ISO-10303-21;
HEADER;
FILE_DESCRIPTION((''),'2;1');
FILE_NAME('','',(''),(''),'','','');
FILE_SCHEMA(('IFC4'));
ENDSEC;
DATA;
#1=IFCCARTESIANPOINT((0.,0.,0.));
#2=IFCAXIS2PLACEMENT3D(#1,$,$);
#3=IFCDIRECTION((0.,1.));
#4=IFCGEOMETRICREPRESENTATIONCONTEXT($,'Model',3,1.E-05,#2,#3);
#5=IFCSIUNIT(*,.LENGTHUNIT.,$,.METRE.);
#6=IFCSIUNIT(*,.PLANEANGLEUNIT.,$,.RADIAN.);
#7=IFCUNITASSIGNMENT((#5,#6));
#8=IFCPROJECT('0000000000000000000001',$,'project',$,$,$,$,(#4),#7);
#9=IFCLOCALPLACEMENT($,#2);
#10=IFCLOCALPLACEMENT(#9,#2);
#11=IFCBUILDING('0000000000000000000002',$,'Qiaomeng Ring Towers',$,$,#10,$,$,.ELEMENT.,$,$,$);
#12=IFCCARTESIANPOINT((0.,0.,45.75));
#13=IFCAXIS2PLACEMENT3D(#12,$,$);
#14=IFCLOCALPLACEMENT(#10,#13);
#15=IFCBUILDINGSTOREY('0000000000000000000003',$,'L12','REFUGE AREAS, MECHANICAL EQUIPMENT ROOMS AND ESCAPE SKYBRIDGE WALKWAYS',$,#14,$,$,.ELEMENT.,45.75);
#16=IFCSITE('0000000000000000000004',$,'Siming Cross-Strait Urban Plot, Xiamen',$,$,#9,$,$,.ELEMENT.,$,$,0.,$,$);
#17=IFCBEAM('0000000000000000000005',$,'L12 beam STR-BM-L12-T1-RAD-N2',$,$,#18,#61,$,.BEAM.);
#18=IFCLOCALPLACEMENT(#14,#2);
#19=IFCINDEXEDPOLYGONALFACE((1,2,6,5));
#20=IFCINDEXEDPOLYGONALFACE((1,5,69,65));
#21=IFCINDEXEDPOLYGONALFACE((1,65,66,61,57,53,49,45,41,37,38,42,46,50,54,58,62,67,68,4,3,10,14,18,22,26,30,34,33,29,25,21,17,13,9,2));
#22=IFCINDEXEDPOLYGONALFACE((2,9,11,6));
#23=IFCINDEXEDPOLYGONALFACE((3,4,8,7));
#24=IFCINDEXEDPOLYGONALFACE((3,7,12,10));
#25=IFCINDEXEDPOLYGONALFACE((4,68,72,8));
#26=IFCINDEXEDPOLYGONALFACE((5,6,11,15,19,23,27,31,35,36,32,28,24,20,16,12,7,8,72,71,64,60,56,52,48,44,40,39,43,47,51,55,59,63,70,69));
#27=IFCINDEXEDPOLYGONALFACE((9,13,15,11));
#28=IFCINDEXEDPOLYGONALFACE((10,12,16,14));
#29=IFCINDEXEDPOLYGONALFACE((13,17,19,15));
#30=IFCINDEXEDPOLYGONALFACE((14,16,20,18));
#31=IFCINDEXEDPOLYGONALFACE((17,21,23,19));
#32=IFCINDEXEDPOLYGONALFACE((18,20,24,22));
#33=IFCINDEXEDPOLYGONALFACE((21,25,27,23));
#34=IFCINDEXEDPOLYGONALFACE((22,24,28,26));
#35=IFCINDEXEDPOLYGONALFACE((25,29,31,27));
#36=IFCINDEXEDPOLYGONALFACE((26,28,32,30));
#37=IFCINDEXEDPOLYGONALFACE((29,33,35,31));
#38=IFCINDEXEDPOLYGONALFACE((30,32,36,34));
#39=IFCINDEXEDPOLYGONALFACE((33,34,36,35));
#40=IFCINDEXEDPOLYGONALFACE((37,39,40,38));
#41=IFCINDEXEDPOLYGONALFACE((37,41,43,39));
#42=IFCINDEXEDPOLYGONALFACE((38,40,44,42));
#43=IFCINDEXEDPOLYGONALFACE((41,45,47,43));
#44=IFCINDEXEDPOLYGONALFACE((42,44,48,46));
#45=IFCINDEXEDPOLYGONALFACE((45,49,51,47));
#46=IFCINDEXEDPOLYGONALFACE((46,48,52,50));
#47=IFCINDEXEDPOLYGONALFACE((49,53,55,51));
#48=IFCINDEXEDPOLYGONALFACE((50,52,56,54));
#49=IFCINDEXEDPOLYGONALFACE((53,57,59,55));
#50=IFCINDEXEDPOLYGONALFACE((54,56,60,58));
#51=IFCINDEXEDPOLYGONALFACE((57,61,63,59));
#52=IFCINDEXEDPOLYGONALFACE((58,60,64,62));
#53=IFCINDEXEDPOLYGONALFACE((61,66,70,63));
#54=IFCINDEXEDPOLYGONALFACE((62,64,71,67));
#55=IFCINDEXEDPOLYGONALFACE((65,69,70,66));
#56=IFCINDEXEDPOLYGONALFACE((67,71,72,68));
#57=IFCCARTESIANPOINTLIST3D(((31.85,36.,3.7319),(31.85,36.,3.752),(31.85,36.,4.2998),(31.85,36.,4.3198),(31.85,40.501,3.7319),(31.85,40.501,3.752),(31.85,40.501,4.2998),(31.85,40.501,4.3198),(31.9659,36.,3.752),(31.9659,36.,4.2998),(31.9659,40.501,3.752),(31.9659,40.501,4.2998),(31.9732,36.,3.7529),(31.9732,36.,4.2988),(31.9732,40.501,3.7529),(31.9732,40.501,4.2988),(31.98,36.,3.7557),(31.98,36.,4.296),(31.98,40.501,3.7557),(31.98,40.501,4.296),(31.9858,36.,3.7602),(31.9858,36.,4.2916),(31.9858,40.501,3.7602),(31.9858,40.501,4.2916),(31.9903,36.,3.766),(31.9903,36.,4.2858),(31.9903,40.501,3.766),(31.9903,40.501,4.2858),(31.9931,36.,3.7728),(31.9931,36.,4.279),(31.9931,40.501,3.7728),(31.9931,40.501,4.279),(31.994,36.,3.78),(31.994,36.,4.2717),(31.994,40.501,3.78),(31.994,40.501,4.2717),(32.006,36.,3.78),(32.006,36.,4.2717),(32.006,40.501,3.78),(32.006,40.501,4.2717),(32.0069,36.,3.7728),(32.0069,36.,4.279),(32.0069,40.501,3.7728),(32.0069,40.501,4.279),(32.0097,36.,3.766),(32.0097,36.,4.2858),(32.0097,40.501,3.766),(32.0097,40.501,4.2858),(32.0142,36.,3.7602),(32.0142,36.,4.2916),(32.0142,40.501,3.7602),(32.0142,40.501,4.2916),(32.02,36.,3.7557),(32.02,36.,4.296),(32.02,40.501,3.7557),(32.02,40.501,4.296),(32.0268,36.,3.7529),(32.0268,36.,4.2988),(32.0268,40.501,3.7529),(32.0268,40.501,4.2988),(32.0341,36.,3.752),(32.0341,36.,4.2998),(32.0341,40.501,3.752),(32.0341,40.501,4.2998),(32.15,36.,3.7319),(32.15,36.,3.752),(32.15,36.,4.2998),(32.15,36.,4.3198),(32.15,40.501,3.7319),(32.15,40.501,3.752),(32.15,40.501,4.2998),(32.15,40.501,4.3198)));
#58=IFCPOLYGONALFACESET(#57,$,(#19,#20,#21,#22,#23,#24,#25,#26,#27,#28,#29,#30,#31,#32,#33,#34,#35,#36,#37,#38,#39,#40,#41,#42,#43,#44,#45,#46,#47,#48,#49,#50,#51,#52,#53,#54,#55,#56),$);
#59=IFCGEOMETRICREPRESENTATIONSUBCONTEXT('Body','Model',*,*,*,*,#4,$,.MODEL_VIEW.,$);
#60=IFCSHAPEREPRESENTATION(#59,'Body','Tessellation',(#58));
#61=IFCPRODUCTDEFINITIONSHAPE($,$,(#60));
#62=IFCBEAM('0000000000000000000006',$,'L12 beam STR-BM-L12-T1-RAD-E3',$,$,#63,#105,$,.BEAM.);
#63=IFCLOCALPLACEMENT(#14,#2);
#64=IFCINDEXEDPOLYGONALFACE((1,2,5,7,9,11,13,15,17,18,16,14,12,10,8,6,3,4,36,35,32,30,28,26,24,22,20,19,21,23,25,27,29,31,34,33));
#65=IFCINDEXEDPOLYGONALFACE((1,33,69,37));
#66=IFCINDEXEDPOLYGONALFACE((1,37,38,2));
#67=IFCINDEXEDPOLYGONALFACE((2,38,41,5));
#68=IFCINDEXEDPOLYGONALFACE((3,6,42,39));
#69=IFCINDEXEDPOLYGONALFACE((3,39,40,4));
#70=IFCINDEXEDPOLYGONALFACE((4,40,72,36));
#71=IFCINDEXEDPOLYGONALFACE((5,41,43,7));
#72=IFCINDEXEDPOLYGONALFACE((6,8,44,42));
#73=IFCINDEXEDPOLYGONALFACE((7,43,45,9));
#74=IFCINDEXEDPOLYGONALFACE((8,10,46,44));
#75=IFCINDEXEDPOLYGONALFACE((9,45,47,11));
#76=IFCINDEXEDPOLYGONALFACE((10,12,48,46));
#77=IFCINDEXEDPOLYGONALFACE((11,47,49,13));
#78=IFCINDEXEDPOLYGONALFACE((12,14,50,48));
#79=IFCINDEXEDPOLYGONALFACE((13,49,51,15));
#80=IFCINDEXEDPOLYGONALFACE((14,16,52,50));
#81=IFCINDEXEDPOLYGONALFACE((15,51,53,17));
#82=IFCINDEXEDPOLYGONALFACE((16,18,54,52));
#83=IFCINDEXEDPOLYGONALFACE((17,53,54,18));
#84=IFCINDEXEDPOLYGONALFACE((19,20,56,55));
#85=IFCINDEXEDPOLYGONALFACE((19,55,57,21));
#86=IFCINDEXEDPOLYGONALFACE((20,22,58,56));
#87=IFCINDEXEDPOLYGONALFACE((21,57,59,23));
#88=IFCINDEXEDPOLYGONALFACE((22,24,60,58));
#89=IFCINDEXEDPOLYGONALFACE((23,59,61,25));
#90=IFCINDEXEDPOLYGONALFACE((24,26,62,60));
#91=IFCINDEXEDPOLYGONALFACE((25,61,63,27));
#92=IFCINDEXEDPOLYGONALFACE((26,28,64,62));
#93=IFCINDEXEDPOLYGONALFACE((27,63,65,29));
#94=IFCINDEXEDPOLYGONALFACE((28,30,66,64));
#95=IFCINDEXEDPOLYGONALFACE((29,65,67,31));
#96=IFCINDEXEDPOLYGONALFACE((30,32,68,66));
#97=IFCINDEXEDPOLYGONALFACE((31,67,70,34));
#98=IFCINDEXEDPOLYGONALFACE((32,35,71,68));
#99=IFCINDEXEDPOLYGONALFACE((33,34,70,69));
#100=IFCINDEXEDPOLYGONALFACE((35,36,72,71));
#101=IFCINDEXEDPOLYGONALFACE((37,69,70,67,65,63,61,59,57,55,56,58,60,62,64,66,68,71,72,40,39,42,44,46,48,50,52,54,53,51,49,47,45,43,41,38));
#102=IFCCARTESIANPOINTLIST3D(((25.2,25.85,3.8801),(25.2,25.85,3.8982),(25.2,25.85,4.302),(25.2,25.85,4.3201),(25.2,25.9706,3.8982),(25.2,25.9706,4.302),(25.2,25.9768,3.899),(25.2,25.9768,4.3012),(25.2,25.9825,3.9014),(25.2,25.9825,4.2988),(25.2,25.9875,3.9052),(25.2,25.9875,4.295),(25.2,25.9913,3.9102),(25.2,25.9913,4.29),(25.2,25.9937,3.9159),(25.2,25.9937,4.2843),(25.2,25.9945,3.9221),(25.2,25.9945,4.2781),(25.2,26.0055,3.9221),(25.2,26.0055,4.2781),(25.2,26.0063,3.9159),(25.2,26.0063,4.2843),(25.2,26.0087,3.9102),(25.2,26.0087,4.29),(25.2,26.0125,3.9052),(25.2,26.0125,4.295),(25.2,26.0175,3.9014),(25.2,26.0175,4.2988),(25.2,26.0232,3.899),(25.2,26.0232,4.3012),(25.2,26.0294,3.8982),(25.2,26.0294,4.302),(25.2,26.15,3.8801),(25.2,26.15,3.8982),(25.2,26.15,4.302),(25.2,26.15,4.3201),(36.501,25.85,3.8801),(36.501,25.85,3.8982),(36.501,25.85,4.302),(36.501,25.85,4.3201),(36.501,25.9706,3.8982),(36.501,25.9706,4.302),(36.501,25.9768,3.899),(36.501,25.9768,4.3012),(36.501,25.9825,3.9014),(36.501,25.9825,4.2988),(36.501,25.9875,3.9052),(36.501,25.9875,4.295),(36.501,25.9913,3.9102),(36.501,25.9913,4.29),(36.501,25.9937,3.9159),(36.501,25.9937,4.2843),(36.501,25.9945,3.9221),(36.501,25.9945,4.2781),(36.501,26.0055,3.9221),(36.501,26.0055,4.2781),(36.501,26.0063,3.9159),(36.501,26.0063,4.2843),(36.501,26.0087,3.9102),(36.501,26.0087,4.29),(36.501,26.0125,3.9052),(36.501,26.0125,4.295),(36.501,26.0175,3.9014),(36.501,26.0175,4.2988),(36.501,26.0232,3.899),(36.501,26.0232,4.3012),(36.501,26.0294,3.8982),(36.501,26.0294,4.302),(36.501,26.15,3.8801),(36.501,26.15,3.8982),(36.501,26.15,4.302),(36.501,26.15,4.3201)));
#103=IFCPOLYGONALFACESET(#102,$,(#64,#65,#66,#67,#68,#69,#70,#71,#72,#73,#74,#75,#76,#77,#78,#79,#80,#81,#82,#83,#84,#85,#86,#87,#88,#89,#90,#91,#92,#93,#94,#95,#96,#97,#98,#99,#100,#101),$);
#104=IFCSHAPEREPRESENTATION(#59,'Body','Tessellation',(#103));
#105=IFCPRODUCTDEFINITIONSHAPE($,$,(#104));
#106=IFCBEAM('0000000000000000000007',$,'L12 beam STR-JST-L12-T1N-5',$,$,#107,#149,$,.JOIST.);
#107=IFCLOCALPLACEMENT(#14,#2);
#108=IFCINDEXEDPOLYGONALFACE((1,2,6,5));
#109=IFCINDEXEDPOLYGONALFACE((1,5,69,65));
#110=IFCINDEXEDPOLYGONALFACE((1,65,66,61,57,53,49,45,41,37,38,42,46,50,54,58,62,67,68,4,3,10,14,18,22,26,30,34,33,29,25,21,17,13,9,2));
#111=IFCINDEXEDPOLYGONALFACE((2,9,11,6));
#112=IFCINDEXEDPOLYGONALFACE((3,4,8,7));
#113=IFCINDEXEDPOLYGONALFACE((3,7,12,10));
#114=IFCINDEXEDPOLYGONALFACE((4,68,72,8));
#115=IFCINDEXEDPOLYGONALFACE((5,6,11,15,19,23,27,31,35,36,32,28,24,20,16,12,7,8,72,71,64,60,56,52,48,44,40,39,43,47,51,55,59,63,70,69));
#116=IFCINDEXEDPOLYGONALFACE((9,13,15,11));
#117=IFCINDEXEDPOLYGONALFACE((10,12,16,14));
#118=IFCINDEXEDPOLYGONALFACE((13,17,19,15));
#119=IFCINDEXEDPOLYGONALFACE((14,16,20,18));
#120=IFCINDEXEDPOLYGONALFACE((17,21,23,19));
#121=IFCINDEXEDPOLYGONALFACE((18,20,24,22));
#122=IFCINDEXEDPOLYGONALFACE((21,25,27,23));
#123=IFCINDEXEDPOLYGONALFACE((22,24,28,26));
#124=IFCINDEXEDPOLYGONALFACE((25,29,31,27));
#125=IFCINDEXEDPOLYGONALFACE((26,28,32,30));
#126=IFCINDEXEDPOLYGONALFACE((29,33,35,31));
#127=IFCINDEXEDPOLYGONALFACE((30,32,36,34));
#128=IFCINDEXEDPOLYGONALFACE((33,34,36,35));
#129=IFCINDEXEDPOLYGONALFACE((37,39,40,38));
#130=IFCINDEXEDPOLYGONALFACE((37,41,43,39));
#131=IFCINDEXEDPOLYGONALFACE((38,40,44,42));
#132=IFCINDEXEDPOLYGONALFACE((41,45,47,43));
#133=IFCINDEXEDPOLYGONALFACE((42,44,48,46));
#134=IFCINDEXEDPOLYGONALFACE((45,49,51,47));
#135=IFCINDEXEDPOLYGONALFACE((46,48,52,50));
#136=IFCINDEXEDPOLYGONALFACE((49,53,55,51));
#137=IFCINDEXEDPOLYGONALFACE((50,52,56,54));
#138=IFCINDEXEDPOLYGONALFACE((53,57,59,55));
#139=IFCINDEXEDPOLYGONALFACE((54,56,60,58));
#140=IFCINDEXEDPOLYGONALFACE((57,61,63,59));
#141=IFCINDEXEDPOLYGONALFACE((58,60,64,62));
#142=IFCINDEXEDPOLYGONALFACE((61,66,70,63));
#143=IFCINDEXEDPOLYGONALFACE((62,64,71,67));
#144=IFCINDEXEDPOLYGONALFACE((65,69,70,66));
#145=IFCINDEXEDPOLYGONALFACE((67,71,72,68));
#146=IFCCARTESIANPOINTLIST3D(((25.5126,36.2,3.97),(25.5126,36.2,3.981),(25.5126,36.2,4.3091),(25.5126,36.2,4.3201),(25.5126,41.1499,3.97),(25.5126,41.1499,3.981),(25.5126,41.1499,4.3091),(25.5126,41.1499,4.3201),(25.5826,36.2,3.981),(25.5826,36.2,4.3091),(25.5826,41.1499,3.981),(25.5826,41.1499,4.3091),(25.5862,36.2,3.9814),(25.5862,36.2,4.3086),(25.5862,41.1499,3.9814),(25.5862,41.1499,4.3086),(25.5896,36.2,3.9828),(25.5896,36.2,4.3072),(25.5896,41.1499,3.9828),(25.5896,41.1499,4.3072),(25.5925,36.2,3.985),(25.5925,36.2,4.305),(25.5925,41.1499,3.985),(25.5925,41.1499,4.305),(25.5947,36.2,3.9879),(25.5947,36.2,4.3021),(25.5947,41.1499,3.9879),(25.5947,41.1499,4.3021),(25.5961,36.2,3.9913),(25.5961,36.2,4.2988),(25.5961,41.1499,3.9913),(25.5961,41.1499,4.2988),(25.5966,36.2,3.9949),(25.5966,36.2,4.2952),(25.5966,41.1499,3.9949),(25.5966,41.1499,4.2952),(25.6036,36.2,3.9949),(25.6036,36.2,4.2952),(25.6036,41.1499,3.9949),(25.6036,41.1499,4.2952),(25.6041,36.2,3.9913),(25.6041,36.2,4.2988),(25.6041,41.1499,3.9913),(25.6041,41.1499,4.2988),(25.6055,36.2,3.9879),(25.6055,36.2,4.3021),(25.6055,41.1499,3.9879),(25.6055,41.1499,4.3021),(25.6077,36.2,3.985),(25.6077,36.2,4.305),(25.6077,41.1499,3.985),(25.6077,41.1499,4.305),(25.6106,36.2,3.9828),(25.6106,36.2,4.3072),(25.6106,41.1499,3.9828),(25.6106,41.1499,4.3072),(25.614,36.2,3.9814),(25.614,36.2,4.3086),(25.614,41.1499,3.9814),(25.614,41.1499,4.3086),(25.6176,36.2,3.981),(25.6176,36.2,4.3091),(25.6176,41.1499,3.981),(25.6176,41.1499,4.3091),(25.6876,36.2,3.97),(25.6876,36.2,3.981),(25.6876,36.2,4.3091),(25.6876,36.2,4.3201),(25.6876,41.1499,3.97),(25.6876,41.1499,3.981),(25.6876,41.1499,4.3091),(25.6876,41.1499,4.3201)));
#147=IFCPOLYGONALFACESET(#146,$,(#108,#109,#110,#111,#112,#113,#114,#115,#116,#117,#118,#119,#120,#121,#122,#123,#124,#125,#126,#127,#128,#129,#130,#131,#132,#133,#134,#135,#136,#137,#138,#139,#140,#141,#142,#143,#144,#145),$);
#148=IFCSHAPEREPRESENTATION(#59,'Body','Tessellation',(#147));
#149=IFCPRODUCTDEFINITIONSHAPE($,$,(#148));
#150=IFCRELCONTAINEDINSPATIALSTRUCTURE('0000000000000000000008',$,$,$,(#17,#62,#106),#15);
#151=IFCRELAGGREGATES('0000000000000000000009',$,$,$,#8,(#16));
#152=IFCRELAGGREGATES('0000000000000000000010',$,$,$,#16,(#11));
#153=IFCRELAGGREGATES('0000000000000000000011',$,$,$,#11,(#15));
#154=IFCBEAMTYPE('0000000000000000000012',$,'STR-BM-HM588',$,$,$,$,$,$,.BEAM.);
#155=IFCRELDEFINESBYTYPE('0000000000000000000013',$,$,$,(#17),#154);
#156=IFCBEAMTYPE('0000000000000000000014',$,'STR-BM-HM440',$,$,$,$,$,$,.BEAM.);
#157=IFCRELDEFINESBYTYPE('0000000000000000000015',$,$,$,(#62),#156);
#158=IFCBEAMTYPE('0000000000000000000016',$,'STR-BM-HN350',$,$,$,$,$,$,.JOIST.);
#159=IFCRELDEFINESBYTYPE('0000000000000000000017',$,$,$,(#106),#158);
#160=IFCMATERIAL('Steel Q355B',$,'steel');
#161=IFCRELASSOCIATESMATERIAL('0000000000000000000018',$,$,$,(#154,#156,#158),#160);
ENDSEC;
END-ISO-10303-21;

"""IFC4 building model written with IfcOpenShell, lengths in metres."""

from ifc_helpers import new_model, si_unit, direction, frame, origin, origin_2d, place, context, subcontext, project, spatial, i_section, extrude, source, transform, mapped, material, material_profile, profile_set, type_object, element, save


model = new_model("IFC4")

# Units and contexts
model_context = context("Model", 3, precision=1e-05, world=origin(), true_north=direction((0.0, 1.0)))
body_context = subcontext(model_context, "Body", "Model", "MODEL_VIEW")
ifc_project = project(units=[si_unit("LENGTHUNIT", "METRE"), si_unit("PLANEANGLEUNIT", "RADIAN")], contexts=[model_context])

# Site, building, storey
site_placement = place(None, origin())
site = spatial("IfcSite", under=ifc_project, at=site_placement, Name="Siming Cross-Strait Urban Plot, Xiamen", CompositionType="ELEMENT", RefElevation=0.0)
building_placement = place(site_placement, origin())
building = spatial("IfcBuilding", under=site, at=building_placement, Name="Qiaomeng Ring Towers", CompositionType="ELEMENT")
storey_placement = place(building_placement, frame((0.0, 0.0, 45.75)))
storey = spatial("IfcBuildingStorey", under=building, at=storey_placement, Name="L12", Description="REFUGE AREAS, MECHANICAL EQUIPMENT ROOMS AND ESCAPE SKYBRIDGE WALKWAYS", CompositionType="ELEMENT", Elevation=45.75)

# Beams
ifc_material_1 = material(Name="Steel Q355B", Category="steel")
ifc_material_profile_1 = material_profile(ifc_material_1, i_section(OverallWidth=0.3, OverallDepth=0.5879, WebThickness=0.012, FlangeThickness=0.02, FilletRadius=0.0281, at=origin_2d()), Name="HM 588x300x12x20")
ifc_profile_set_1 = profile_set([ifc_material_profile_1], Name="Steel Q355B")
beam_type_1 = type_object("IfcBeamType", Name="STR-BM-HM588", PredefinedType="BEAM", material=ifc_profile_set_1)
shared_shape_1 = source(origin(), body_context, "Body", "SweptSolid", [
    extrude(i_section(OverallWidth=0.3, OverallDepth=0.5879, WebThickness=0.012, FlangeThickness=0.02, FilletRadius=0.0281, at=origin_2d()), origin(), (0.0, 0.0, 1.0), 4.501),
])
beam_1_placement = place(storey_placement, frame((32.0, 40.501, 4.0259), z_axis=(0.0, -1.0, 0.0), x_axis=(1.0, 0.0, 0.0)))
element("IfcBeam", 1, at=beam_1_placement, inside=storey, type_object=beam_type_1, Name="L12 beam STR-BM-L12-T1-RAD-N2", PredefinedType="BEAM", context=body_context, shape_type="MappedRepresentation", body=[
    mapped(shared_shape_1, transform((0.0, 0.0, 0.0), x_axis=(1.0, 0.0, 0.0), y_axis=(0.0, 1.0, 0.0), z_axis=(0.0, 0.0, 1.0), scale=1.0)),
])
ifc_material_profile_2 = material_profile(ifc_material_1, i_section(OverallWidth=0.3, OverallDepth=0.4399, WebThickness=0.011, FlangeThickness=0.0181, FilletRadius=0.0239, at=origin_2d()), Name="HM 440x300x11x18")
ifc_profile_set_2 = profile_set([ifc_material_profile_2], Name="Steel Q355B")
beam_type_2 = type_object("IfcBeamType", Name="STR-BM-HM440", PredefinedType="BEAM", material=ifc_profile_set_2)
shared_shape_2 = source(origin(), body_context, "Body", "SweptSolid", [
    extrude(i_section(OverallWidth=0.3, OverallDepth=0.4399, WebThickness=0.011, FlangeThickness=0.0181, FilletRadius=0.0239, at=origin_2d()), origin(), (0.0, 0.0, 1.0), 11.301),
])
beam_2_placement = place(storey_placement, frame((25.2, 26.0, 4.1001), z_axis=(1.0, 0.0, 0.0), x_axis=(0.0, 1.0, 0.0)))
element("IfcBeam", 2, at=beam_2_placement, inside=storey, type_object=beam_type_2, Name="L12 beam STR-BM-L12-T1-RAD-E3", PredefinedType="BEAM", context=body_context, shape_type="MappedRepresentation", body=[
    mapped(shared_shape_2, transform((0.0, 0.0, 0.0), x_axis=(1.0, 0.0, 0.0), y_axis=(0.0, 1.0, 0.0), z_axis=(0.0, 0.0, 1.0), scale=1.0)),
])
ifc_material_profile_3 = material_profile(ifc_material_1, i_section(OverallWidth=0.175, OverallDepth=0.3501, WebThickness=0.0071, FlangeThickness=0.011, FilletRadius=0.0139, at=origin_2d()), Name="HN 350x175x7x11")
ifc_profile_set_3 = profile_set([ifc_material_profile_3], Name="Steel Q355B")
beam_type_3 = type_object("IfcBeamType", Name="STR-BM-HN350", PredefinedType="JOIST", material=ifc_profile_set_3)
shared_shape_3 = source(origin(), body_context, "Body", "SweptSolid", [
    extrude(i_section(OverallWidth=0.175, OverallDepth=0.3501, WebThickness=0.0071, FlangeThickness=0.011, FilletRadius=0.0139, at=origin_2d()), origin(), (0.0, 0.0, 1.0), 4.95),
])
beam_3_placement = place(storey_placement, frame((25.6001, 36.2, 4.145), z_axis=(0.0, 1.0, 0.0), x_axis=(-1.0, 0.0, 0.0)))
element("IfcBeam", 3, at=beam_3_placement, inside=storey, type_object=beam_type_3, Name="L12 beam STR-JST-L12-T1N-5", PredefinedType="JOIST", context=body_context, shape_type="MappedRepresentation", body=[
    mapped(shared_shape_3, transform((0.0, 0.0, 0.0), x_axis=(1.0, 0.0, 0.0), y_axis=(0.0, 1.0, 0.0), z_axis=(0.0, 0.0, 1.0), scale=1.0)),
])

save(model, "model.ifc")
